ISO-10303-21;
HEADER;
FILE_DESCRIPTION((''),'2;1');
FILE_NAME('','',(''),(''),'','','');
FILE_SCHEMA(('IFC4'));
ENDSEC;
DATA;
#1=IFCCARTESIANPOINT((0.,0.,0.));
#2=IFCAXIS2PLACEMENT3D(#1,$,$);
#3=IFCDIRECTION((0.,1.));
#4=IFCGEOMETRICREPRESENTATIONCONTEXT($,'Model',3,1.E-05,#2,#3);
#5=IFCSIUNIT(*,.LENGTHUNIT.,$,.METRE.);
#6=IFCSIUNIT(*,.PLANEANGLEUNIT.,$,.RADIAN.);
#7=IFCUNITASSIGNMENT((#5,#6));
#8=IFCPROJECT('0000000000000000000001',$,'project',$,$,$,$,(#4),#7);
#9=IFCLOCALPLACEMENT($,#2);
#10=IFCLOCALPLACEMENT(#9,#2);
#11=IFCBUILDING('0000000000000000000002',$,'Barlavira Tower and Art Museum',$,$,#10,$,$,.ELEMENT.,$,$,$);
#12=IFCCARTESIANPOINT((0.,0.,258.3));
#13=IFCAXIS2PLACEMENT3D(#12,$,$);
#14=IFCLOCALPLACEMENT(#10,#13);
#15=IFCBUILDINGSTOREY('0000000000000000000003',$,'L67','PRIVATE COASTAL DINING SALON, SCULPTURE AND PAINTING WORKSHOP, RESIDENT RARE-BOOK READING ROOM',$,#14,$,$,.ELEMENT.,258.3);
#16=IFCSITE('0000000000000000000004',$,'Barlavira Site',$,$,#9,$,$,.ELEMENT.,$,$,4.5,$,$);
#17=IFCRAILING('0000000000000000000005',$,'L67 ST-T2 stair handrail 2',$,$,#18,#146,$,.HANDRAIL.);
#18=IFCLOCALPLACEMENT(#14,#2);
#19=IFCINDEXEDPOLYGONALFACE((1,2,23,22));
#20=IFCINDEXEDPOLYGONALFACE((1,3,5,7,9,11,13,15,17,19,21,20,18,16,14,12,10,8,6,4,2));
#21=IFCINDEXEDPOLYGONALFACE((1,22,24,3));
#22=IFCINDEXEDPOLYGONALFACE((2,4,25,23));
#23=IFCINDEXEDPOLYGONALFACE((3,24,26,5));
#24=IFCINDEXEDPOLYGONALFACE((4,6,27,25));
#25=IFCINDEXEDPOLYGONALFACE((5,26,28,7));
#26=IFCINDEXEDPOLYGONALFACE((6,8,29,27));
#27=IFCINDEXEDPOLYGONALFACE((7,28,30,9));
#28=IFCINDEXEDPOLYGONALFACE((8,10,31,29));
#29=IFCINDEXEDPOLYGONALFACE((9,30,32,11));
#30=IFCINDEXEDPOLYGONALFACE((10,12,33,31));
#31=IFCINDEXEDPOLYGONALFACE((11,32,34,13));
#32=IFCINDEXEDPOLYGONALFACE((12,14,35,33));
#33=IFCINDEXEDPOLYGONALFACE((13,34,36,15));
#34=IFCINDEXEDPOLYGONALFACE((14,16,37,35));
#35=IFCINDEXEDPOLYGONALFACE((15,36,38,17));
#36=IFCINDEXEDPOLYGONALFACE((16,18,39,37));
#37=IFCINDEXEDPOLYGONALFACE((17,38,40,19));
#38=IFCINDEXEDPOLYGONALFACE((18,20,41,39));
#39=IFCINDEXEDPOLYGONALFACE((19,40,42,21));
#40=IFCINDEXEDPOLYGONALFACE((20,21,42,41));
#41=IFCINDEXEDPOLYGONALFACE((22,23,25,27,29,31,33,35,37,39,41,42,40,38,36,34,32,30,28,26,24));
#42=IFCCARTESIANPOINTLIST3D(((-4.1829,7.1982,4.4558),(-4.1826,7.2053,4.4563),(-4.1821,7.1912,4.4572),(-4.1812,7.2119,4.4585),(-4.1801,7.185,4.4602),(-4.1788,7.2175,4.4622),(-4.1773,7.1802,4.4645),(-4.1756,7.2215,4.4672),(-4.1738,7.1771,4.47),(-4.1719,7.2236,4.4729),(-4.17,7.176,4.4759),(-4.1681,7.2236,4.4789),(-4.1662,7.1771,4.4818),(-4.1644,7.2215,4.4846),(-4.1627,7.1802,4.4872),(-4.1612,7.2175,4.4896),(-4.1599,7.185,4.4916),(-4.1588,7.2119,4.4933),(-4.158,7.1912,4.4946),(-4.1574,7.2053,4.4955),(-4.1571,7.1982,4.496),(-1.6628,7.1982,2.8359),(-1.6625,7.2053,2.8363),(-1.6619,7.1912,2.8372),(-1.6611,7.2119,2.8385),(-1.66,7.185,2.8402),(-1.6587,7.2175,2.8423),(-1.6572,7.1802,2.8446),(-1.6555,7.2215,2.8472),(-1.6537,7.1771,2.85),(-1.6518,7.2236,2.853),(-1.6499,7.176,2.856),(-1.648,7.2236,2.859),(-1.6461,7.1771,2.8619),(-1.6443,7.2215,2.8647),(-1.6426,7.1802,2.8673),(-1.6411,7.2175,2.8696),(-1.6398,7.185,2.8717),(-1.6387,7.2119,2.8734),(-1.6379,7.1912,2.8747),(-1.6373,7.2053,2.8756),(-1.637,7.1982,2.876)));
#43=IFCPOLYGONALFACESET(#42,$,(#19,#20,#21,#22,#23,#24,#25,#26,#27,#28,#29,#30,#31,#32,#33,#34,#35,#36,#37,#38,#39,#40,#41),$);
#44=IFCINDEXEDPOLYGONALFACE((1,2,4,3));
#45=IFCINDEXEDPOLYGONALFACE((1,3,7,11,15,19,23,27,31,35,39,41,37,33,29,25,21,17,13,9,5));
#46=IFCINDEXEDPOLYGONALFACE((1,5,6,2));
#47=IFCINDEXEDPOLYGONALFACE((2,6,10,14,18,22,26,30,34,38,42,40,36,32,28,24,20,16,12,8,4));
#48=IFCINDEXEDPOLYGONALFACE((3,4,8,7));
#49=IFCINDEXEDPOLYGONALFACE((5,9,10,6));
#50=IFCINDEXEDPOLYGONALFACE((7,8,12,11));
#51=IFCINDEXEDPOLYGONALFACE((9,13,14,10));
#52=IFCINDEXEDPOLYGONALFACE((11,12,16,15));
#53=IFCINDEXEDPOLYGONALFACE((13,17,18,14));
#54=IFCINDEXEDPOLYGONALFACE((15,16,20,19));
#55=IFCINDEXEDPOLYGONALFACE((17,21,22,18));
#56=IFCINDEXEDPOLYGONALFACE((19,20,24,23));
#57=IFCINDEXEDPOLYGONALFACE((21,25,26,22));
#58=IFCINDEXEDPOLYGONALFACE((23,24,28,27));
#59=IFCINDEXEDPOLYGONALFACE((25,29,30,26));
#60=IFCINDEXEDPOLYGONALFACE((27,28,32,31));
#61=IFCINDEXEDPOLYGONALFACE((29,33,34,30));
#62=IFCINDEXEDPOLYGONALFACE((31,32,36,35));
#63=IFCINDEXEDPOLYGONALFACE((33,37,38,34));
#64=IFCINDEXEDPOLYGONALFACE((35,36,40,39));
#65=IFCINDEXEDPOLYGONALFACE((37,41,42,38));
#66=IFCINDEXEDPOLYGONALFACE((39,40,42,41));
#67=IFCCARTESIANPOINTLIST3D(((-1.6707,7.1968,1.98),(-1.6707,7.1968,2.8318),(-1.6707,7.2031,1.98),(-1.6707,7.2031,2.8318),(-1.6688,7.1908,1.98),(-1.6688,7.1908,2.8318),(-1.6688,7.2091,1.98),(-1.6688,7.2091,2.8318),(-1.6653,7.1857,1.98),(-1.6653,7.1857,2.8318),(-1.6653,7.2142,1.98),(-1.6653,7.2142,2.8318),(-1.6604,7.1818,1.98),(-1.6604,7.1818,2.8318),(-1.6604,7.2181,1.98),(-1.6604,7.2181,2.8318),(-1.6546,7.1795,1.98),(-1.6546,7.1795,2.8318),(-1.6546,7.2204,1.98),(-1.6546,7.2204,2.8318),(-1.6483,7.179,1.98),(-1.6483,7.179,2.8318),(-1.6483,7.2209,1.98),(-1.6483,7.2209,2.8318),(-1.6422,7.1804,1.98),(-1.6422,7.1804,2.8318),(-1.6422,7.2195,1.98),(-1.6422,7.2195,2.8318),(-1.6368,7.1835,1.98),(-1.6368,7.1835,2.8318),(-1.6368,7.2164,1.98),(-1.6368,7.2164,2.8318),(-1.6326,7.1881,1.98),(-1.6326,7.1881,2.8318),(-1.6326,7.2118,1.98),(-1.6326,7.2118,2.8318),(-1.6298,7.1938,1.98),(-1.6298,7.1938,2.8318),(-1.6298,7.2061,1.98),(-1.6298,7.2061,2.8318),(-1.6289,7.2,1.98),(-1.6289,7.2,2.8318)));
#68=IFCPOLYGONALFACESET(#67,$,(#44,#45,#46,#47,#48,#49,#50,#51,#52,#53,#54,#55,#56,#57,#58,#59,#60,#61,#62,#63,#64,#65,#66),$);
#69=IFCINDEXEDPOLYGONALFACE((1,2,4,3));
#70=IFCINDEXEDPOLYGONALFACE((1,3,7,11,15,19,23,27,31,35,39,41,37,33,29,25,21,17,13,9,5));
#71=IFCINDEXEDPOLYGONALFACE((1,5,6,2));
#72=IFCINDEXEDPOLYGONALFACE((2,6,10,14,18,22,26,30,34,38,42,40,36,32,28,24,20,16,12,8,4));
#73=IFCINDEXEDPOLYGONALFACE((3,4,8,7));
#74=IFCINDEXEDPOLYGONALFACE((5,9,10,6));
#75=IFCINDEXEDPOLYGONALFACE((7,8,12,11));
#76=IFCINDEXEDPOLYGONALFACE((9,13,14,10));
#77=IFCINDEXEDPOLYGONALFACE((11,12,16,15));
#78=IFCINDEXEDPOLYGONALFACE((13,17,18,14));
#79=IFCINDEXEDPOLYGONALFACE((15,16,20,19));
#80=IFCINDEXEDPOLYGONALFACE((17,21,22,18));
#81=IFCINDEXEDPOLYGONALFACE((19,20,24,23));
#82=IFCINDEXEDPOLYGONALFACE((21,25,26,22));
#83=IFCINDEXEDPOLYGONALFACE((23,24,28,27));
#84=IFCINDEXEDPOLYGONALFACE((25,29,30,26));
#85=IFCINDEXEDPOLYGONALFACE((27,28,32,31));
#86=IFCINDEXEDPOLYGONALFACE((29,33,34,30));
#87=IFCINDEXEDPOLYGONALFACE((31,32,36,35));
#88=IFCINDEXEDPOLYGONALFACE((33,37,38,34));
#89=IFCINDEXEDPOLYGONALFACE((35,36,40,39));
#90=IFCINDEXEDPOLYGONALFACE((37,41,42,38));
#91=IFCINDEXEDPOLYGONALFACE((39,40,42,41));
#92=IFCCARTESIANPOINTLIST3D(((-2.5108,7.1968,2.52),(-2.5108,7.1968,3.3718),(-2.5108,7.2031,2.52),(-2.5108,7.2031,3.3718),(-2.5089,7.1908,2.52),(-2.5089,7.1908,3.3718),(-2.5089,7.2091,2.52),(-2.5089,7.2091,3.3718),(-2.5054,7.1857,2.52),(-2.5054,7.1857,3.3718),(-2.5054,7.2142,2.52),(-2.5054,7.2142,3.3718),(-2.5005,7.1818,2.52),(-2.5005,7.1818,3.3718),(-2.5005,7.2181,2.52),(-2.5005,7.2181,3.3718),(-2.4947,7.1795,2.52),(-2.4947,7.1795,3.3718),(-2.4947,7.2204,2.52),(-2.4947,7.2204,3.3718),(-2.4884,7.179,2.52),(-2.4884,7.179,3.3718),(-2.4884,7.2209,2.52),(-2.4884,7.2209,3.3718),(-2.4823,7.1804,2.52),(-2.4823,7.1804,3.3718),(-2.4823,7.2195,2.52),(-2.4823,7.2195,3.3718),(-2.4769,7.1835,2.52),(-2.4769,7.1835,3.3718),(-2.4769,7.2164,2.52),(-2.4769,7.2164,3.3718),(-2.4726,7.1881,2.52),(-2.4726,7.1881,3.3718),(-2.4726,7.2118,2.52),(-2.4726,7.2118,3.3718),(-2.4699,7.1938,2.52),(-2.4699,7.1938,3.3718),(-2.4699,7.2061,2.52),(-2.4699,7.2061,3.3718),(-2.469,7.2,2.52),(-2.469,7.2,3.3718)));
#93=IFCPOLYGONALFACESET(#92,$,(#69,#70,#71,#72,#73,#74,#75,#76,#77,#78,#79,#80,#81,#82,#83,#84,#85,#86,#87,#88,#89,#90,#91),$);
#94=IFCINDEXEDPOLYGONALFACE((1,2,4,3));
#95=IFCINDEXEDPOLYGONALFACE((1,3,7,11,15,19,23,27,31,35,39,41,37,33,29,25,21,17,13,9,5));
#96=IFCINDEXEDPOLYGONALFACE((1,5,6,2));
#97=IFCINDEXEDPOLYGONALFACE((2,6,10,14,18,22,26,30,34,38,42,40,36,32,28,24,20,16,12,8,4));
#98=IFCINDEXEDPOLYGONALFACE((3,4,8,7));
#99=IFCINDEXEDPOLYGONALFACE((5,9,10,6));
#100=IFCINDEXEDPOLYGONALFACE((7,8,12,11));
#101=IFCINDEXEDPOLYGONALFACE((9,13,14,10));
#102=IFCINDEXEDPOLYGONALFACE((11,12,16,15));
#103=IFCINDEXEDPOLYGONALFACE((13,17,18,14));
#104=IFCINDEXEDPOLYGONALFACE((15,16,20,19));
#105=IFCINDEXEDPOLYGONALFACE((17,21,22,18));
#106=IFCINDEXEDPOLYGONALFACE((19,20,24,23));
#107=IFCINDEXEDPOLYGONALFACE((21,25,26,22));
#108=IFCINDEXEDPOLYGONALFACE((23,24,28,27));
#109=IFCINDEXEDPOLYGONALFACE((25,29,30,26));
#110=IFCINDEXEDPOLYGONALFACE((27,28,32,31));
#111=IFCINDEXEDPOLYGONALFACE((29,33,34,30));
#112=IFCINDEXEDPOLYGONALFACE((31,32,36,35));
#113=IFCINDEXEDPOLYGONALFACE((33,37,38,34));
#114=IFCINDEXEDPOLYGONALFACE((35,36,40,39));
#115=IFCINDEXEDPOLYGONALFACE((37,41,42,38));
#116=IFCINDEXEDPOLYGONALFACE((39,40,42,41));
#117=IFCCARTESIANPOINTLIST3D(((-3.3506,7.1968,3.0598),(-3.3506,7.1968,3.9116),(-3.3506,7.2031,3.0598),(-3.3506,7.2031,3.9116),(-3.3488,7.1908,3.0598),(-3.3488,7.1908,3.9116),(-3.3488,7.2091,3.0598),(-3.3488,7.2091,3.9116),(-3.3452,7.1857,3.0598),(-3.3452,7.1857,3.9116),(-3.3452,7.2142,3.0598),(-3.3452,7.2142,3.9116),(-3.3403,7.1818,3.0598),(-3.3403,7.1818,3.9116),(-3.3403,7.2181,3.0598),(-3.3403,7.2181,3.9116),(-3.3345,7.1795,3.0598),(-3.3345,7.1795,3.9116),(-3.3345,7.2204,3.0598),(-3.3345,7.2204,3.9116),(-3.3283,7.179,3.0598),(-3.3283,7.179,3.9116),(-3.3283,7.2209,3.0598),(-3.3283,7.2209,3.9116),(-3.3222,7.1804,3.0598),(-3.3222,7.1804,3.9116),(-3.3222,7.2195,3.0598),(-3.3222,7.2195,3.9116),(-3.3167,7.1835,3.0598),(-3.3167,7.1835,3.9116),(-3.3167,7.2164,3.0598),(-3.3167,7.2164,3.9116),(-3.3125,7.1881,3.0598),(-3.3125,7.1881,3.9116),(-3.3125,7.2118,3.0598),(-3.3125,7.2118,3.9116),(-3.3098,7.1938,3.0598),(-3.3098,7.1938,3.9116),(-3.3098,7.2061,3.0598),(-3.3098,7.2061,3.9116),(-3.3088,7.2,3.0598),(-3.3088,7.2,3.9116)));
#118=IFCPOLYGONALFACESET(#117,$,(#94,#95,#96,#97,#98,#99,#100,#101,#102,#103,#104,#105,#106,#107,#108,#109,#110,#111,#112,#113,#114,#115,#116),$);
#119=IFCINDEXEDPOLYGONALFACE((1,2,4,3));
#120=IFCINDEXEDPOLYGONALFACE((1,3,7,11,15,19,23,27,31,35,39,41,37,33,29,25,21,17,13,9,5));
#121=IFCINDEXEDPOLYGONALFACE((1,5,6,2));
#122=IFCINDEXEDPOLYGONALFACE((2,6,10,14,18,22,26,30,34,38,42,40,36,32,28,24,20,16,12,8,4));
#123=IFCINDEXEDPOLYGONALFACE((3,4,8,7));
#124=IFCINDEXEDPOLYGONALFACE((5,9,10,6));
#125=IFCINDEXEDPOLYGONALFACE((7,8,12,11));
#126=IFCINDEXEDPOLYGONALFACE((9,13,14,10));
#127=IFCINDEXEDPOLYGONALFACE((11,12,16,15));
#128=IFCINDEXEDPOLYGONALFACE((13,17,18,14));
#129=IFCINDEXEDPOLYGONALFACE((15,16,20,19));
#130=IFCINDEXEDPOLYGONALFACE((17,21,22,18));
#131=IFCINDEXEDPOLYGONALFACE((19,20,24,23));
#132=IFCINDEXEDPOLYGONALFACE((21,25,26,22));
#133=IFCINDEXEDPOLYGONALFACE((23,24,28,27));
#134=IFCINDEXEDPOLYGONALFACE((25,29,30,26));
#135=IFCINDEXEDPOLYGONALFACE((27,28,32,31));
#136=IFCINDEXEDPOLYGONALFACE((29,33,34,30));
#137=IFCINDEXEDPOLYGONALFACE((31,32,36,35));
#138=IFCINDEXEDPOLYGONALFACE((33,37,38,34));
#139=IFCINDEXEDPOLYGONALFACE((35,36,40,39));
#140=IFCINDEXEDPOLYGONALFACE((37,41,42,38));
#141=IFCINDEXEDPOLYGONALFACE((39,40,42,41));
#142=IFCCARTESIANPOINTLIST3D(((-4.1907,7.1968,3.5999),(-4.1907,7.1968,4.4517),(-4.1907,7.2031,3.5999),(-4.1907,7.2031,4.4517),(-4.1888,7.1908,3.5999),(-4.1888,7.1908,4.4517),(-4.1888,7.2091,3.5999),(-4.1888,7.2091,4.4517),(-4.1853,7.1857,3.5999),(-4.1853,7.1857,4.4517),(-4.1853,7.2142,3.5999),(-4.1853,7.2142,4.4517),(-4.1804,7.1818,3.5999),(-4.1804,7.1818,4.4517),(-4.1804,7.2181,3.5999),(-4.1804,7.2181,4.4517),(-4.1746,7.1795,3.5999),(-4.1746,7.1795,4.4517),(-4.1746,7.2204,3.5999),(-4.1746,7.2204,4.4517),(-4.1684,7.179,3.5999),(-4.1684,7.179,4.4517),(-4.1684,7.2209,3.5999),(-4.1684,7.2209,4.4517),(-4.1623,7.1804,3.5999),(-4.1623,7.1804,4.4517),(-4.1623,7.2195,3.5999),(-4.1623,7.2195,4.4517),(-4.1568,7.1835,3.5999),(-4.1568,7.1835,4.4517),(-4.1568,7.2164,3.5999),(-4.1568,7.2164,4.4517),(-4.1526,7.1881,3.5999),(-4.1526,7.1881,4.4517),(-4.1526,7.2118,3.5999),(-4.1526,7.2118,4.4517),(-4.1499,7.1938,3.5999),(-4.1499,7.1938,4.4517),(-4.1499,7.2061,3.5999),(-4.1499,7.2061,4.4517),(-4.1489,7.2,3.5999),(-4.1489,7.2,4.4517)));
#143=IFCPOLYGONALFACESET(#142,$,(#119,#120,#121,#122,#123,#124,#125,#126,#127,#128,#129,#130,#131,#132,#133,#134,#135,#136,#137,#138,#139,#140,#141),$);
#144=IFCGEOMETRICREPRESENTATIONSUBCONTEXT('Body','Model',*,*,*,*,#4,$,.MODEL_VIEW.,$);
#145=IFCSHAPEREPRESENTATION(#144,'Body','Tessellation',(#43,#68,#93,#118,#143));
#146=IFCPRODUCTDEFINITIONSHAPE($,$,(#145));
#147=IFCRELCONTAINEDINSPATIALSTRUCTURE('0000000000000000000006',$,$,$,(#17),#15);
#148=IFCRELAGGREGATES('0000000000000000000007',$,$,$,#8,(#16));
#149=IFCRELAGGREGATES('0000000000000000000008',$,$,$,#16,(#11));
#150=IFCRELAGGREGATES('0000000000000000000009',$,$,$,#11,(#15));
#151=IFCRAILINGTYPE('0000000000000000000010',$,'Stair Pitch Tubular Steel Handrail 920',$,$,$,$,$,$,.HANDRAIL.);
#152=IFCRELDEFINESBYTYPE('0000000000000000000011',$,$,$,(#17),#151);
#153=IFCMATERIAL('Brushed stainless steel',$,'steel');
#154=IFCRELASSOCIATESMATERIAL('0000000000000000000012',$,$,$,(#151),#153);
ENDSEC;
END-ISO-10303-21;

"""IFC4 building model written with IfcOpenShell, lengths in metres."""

from ifc_helpers import new_model, si_unit, direction, frame, origin, origin_2d, place, context, subcontext, project, spatial, circle, extrude, material, type_object, element, save


model = new_model("IFC4")

# Units and contexts
model_context = context("Model", 3, precision=1e-05, world=origin(), true_north=direction((0.0, 1.0)))
body_context = subcontext(model_context, "Body", "Model", "MODEL_VIEW")
ifc_project = project(units=[si_unit("LENGTHUNIT", "METRE"), si_unit("PLANEANGLEUNIT", "RADIAN")], contexts=[model_context])

# Site, building, storey
site_placement = place(None, origin())
site = spatial("IfcSite", under=ifc_project, at=site_placement, Name="Barlavira Site", CompositionType="ELEMENT", RefElevation=4.5)
building_placement = place(site_placement, origin())
building = spatial("IfcBuilding", under=site, at=building_placement, Name="Barlavira Tower and Art Museum", CompositionType="ELEMENT")
storey_placement = place(building_placement, frame((0.0, 0.0, 258.3)))
storey = spatial("IfcBuildingStorey", under=building, at=storey_placement, Name="L67", Description="PRIVATE COASTAL DINING SALON, SCULPTURE AND PAINTING WORKSHOP, RESIDENT RARE-BOOK READING ROOM", CompositionType="ELEMENT", Elevation=258.3)

# Shared definitions
ifc_material_1 = material(Name="Brushed stainless steel", Category="steel")

# Railing
railing_type_1 = type_object("IfcRailingType", Name="Stair Pitch Tubular Steel Handrail 920", PredefinedType="HANDRAIL", material=ifc_material_1)
railing_1_placement = place(storey_placement, frame((-1.6499, 7.2, 1.98)))
element("IfcRailing", 1, at=railing_1_placement, inside=storey, type_object=railing_type_1, Name="L67 ST-T2 stair handrail 2", PredefinedType="HANDRAIL", context=body_context, shape_type="SweptSolid", body=[
    extrude(circle(Radius=0.0239, at=origin_2d()), frame((0.0, 0.0, 0.876), z_axis=(-0.8412, 0.0, 0.540725), x_axis=(0.0, -1.0, 0.0)), (0.0, 0.0, 1.0), 2.9958),
    extrude(circle(Radius=0.021, at=origin_2d()), origin(), (0.0, 0.0, 1.0), 0.8518),
    extrude(circle(Radius=0.021, at=origin_2d()), frame((-0.8401, 0.0, 0.54)), (0.0, 0.0, 1.0), 0.8518),
    extrude(circle(Radius=0.021, at=origin_2d()), frame((-1.6799, 0.0, 1.0798)), (0.0, 0.0, 1.0), 0.8518),
    extrude(circle(Radius=0.021, at=origin_2d()), frame((-2.52, 0.0, 1.6199)), (0.0, 0.0, 1.0), 0.8518),
])

save(model, "model.ifc")
